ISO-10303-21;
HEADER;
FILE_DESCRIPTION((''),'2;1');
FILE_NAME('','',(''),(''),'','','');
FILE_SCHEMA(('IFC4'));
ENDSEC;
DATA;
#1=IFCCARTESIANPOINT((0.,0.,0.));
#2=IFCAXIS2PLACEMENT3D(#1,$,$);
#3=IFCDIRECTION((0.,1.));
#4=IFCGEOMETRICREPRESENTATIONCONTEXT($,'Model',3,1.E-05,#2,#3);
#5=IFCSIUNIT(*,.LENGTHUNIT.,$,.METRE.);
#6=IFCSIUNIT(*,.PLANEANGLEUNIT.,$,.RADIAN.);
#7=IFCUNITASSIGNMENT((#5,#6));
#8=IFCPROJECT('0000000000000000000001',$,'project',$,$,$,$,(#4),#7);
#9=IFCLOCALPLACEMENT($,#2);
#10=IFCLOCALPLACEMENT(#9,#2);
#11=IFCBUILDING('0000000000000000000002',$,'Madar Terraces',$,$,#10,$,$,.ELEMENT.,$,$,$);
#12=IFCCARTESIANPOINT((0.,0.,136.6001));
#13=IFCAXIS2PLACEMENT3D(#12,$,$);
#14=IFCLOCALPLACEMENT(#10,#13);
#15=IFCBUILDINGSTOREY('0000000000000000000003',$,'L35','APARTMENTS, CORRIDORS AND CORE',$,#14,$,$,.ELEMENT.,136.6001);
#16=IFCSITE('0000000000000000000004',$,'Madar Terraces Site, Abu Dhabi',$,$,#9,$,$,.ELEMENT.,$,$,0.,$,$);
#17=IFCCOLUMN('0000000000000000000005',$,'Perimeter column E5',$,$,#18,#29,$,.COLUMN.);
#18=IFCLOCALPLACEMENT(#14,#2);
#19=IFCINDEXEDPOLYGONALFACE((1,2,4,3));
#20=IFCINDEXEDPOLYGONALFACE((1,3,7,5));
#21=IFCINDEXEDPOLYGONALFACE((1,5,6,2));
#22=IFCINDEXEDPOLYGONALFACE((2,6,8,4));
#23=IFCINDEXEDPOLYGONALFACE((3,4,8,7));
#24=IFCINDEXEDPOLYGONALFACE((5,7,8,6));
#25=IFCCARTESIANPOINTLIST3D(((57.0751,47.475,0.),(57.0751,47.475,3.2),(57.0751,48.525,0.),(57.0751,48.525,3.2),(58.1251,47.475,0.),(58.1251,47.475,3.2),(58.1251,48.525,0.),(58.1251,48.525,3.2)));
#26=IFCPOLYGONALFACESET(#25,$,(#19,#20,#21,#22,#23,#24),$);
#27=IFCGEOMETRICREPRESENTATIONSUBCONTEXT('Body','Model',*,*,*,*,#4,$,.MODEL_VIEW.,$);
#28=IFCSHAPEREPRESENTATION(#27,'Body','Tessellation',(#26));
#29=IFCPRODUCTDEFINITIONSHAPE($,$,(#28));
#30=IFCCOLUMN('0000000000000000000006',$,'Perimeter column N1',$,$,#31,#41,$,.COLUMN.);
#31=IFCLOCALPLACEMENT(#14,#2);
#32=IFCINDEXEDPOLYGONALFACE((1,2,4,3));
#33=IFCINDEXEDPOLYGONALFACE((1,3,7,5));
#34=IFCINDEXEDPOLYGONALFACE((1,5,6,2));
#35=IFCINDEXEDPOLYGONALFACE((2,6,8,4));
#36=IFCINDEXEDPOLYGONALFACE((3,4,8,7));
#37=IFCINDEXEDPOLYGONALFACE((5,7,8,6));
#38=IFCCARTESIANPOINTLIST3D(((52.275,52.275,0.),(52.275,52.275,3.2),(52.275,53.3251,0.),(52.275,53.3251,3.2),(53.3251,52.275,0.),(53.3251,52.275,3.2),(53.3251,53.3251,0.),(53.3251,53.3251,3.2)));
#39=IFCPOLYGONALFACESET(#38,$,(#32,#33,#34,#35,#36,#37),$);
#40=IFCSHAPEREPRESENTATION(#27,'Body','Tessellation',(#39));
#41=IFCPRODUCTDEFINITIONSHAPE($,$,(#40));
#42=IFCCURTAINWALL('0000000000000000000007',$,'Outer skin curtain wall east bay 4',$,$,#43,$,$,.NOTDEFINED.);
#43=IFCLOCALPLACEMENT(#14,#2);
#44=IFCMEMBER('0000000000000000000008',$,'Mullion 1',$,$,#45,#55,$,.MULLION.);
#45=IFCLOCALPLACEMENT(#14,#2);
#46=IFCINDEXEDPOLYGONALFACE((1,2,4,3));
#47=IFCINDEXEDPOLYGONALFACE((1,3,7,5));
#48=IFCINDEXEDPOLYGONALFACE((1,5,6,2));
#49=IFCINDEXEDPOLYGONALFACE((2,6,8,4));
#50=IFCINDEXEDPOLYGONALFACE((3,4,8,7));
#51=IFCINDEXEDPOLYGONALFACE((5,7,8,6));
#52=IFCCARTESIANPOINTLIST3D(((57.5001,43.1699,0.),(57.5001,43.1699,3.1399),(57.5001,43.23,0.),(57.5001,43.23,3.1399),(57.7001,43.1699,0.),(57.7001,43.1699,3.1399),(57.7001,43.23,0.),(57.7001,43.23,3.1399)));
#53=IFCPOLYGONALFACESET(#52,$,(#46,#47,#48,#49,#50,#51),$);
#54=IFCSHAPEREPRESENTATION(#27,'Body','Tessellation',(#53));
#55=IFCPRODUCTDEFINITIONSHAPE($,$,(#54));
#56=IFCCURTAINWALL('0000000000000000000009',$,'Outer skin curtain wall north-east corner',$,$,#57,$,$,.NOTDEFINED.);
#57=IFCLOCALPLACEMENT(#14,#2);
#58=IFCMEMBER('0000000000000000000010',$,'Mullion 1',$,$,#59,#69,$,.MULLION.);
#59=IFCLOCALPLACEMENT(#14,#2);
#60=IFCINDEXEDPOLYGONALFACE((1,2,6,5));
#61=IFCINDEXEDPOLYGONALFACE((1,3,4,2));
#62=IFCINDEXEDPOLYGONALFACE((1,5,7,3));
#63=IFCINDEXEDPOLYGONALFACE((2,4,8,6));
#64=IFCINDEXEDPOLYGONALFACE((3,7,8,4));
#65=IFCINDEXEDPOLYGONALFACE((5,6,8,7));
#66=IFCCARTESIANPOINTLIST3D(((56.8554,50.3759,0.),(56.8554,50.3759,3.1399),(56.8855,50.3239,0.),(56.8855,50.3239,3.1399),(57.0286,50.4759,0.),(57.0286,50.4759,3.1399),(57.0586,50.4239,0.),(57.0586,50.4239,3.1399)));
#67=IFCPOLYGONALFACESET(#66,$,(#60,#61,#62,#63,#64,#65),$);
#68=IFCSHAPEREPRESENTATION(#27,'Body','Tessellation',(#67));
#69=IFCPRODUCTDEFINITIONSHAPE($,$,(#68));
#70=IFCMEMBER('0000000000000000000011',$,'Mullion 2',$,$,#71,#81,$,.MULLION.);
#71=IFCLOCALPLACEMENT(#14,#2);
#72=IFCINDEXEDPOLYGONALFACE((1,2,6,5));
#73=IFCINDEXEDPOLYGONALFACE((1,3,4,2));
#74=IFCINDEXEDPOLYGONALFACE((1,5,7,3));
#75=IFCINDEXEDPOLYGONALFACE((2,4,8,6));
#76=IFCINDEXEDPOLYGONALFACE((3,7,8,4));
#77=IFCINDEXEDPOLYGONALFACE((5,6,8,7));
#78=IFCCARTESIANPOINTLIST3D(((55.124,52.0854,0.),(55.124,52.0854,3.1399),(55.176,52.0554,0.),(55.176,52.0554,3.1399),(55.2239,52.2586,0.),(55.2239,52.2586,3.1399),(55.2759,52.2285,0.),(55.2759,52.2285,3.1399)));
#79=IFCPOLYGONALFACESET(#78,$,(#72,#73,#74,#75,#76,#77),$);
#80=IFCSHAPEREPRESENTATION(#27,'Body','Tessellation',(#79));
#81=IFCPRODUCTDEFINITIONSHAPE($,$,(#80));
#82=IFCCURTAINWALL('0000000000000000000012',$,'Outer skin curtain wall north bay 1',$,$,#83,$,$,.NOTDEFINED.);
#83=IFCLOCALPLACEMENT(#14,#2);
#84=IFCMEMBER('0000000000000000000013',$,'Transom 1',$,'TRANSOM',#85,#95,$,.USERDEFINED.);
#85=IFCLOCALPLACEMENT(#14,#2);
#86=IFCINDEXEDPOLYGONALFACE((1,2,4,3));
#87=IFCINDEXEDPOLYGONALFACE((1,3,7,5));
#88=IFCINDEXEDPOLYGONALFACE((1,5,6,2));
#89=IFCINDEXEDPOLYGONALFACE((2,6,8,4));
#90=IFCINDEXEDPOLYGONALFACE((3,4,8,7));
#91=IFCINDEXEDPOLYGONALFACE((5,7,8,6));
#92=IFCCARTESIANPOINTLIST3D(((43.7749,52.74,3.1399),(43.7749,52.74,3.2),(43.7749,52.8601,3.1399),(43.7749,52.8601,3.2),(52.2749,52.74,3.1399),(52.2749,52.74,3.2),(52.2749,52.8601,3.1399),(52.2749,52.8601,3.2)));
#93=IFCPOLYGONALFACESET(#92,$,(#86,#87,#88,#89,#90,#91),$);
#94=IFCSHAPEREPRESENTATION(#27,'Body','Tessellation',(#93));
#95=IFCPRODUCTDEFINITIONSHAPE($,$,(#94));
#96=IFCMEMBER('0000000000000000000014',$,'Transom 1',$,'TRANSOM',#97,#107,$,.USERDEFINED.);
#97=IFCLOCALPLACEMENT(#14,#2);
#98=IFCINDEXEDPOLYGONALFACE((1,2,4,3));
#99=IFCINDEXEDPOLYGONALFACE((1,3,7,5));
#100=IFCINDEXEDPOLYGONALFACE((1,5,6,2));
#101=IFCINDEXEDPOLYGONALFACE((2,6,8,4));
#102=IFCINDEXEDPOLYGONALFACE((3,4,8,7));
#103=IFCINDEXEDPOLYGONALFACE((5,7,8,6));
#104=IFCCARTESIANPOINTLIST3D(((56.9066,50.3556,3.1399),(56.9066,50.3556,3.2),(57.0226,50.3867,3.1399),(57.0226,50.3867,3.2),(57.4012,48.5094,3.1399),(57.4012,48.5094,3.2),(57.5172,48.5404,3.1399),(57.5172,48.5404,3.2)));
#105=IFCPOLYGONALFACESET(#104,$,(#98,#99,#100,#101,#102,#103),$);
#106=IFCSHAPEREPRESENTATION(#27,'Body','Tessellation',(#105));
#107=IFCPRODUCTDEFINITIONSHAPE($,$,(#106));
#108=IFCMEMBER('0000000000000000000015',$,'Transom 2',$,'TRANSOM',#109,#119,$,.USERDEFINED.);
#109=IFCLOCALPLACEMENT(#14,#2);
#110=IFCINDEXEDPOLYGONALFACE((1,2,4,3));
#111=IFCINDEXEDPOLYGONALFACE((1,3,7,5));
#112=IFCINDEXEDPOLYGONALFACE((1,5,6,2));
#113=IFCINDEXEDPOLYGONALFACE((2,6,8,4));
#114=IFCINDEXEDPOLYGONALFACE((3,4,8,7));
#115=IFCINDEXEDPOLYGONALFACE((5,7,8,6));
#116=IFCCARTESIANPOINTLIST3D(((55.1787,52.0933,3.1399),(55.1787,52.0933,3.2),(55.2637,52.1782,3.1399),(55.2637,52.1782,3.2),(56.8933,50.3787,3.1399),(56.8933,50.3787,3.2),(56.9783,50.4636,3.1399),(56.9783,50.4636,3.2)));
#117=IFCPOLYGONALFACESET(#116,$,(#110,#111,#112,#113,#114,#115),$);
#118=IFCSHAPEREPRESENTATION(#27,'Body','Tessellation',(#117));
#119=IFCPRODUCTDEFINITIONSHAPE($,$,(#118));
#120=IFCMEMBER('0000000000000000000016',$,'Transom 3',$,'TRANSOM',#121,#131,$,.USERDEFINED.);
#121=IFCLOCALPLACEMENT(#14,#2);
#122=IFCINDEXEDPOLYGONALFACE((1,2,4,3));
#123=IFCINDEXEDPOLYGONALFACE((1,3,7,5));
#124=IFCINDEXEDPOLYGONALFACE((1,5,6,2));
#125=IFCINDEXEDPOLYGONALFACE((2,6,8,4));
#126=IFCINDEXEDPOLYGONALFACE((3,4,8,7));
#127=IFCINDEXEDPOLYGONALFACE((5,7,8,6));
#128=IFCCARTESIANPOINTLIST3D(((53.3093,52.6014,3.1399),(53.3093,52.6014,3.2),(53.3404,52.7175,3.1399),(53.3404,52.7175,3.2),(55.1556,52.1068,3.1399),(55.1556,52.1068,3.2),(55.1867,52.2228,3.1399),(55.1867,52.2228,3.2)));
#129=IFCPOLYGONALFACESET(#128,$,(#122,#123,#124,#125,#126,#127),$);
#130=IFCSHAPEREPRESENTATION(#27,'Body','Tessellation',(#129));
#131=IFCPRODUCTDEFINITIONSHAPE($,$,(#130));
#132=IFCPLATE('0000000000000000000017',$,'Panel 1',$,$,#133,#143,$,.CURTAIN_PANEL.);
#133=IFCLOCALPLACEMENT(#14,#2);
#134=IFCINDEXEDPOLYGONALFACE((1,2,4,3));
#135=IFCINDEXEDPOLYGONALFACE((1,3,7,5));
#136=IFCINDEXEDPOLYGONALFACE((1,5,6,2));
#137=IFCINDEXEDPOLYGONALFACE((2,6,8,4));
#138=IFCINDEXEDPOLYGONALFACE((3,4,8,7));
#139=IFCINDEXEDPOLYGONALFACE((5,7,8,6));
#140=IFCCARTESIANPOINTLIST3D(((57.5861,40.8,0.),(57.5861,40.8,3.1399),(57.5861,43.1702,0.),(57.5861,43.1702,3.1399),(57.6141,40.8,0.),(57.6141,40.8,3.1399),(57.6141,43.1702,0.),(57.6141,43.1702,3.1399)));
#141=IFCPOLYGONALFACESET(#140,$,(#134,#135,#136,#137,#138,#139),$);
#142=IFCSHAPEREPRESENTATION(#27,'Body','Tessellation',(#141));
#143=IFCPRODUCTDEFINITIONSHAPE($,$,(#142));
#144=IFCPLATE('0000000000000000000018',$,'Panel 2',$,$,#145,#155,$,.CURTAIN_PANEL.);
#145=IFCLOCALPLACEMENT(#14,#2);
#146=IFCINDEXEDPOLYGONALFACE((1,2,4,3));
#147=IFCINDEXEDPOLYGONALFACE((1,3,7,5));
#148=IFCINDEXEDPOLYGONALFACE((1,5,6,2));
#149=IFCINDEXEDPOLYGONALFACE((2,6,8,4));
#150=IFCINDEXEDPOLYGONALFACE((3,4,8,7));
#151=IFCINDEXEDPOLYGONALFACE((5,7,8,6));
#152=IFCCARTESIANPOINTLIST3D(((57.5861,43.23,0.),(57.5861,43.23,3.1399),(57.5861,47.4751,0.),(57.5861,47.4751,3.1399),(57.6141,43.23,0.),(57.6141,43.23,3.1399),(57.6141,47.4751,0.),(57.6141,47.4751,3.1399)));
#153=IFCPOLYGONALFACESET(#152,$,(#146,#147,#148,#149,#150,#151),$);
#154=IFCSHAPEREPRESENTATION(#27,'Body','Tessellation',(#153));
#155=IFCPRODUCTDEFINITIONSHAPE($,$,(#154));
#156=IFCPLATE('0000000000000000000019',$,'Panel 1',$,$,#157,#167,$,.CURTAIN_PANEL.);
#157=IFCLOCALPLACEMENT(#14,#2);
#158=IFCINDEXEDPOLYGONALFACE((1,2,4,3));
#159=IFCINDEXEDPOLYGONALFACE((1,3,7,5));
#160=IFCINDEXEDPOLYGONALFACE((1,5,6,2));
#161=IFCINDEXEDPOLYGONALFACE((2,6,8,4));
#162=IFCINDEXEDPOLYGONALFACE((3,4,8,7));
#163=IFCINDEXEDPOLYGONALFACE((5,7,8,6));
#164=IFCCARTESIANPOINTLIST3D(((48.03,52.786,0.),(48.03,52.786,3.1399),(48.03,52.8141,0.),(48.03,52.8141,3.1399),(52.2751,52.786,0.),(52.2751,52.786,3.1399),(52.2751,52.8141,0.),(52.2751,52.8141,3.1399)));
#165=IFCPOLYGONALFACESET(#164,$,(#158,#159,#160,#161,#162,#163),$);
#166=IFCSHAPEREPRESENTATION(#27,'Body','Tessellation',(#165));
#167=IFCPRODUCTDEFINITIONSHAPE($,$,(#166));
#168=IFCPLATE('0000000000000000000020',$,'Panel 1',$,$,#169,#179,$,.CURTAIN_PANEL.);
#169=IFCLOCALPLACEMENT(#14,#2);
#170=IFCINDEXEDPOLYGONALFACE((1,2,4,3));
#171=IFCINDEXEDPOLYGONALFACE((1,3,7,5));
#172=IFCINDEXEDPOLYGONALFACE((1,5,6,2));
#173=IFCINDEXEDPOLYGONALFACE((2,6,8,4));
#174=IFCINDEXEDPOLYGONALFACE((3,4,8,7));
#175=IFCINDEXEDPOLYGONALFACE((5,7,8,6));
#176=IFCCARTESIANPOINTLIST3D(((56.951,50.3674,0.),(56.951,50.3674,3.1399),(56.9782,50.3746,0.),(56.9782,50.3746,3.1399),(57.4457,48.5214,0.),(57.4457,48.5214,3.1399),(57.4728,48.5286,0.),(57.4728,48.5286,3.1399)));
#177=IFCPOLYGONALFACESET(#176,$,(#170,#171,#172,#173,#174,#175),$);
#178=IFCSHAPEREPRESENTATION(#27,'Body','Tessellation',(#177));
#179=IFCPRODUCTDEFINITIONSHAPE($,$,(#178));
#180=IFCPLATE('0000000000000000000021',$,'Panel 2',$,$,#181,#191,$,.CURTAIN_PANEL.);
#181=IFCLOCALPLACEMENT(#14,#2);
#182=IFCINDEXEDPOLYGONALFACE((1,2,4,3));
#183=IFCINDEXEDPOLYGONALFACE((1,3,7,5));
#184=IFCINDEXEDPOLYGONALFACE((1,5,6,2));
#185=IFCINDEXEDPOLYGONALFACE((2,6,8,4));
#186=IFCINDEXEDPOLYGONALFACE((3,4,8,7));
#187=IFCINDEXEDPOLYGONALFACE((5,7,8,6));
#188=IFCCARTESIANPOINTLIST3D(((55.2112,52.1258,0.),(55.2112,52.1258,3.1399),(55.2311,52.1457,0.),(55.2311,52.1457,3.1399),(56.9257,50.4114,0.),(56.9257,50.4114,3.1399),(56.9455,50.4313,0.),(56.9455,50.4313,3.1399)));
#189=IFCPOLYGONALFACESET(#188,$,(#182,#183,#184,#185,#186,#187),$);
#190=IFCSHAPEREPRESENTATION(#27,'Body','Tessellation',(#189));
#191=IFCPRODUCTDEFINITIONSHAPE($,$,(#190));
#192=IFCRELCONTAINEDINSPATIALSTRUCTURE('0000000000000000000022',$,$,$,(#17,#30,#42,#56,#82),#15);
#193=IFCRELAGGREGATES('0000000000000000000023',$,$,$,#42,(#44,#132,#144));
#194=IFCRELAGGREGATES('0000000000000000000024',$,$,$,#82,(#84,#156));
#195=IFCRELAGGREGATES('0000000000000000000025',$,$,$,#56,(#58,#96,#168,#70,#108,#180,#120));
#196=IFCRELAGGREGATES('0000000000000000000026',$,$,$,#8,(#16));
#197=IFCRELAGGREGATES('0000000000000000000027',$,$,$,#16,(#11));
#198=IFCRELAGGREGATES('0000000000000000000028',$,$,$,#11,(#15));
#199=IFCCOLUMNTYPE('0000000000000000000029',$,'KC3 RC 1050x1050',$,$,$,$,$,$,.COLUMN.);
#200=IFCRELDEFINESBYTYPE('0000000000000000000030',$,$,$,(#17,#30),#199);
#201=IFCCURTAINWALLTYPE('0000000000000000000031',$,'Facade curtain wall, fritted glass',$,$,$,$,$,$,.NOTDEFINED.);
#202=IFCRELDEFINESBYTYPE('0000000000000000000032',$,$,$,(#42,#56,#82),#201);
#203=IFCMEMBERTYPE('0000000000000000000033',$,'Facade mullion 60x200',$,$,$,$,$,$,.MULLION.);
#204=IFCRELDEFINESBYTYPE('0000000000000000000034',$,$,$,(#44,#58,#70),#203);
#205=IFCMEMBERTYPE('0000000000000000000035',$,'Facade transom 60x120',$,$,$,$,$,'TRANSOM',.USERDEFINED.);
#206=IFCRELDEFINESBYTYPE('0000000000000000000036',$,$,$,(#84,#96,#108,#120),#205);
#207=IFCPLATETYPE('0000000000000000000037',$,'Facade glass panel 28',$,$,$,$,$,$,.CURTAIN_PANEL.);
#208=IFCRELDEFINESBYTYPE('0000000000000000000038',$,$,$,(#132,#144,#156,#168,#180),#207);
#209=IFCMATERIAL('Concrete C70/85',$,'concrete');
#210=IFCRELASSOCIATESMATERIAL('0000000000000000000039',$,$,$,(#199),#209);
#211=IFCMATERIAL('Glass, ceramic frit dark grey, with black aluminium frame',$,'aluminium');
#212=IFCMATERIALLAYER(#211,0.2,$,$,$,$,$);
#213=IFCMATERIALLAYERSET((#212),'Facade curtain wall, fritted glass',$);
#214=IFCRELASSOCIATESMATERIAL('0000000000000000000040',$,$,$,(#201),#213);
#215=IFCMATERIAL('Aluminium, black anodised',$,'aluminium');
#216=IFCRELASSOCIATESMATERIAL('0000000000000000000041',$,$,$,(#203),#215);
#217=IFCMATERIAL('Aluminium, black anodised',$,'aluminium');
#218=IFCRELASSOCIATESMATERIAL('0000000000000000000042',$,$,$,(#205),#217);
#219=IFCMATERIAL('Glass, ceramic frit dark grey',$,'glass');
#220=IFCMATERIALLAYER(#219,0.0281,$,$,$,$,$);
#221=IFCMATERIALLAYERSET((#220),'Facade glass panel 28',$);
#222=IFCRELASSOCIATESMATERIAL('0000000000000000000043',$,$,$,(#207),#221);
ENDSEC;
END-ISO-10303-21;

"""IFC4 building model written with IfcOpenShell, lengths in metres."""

from ifc_helpers import new_model, si_unit, direction, frame, origin, origin_2d, place, context, subcontext, project, spatial, rectangle, extrude, material, layer, layer_set, material_profile, profile_set, type_object, element, aggregate, save


model = new_model("IFC4")

# Units and contexts
model_context = context("Model", 3, precision=1e-05, world=origin(), true_north=direction((0.0, 1.0)))
body_context = subcontext(model_context, "Body", "Model", "MODEL_VIEW")
ifc_project = project(units=[si_unit("LENGTHUNIT", "METRE"), si_unit("PLANEANGLEUNIT", "RADIAN")], contexts=[model_context])

# Site, building, storey
site_placement = place(None, origin())
site = spatial("IfcSite", under=ifc_project, at=site_placement, Name="Madar Terraces Site, Abu Dhabi", CompositionType="ELEMENT", RefElevation=0.0)
building_placement = place(site_placement, origin())
building = spatial("IfcBuilding", under=site, at=building_placement, Name="Madar Terraces", CompositionType="ELEMENT")
storey_placement = place(building_placement, frame((0.0, 0.0, 136.6001)))
storey = spatial("IfcBuildingStorey", under=building, at=storey_placement, Name="L35", Description="APARTMENTS, CORRIDORS AND CORE", CompositionType="ELEMENT", Elevation=136.6001)

# Columns
ifc_material_1 = material(Name="Concrete C70/85", Category="concrete")
ifc_material_profile_1 = material_profile(ifc_material_1, rectangle(XDim=1.05, YDim=1.05, at=origin_2d()), Name="KC3 RC 1050x1050")
ifc_profile_set_1 = profile_set([ifc_material_profile_1], Name="Concrete C70/85")
column_type = type_object("IfcColumnType", Name="KC3 RC 1050x1050", PredefinedType="COLUMN", material=ifc_profile_set_1)
for number, where, z_axis, x_axis, name in (
    (1, (57.6001, 48.0, 0.0), (0.0, 0.0, 1.0), (1.0, 0.0, 0.0), "Perimeter column E5"),
    (2, (52.8, 52.8, 0.0), (0.0, 0.0, 1.0), (1.0, 0.0, 0.0), "Perimeter column N1"),
):
    element("IfcColumn", number, at=place(storey_placement, frame(where, z_axis=z_axis, x_axis=x_axis)), inside=storey, type_object=column_type, Name=name, PredefinedType="COLUMN", context=body_context, shape_type="SweptSolid", body=[
        extrude(rectangle(XDim=1.05, YDim=1.05, at=origin_2d()), origin(), (0.0, 0.0, 1.0), 3.2),
    ])

# Curtain wall, member
ifc_material_2 = material(Name="Glass, ceramic frit dark grey, with black aluminium frame", Category="aluminium")
ifc_layer_1 = layer(ifc_material_2, 0.2)
ifc_layer_set_1 = layer_set([ifc_layer_1], Name="Facade curtain wall, fritted glass")
curtain_wall_type = type_object("IfcCurtainWallType", Name="Facade curtain wall, fritted glass", PredefinedType="NOTDEFINED", material=ifc_layer_set_1)
curtain_wall_1_placement = place(storey_placement, origin())
curtain_wall_1 = element("IfcCurtainWall", 3, at=curtain_wall_1_placement, inside=storey, type_object=curtain_wall_type, Name="Outer skin curtain wall east bay 4", PredefinedType="NOTDEFINED")
ifc_material_3 = material(Name="Aluminium, black anodised", Category="aluminium")
ifc_material_profile_2 = material_profile(ifc_material_3, rectangle(XDim=0.2, YDim=0.0601, at=origin_2d()), Name="Facade mullion 60x200")
ifc_profile_set_2 = profile_set([ifc_material_profile_2], Name="Aluminium, black anodised")
member_type_1 = type_object("IfcMemberType", Name="Facade mullion 60x200", PredefinedType="MULLION", material=ifc_profile_set_2)
member_1_placement = place(storey_placement, frame((57.6001, 43.2, 0.0), z_axis=(0.0, 0.0, 1.0), x_axis=(-1.0, 0.0, 0.0)))
member_1 = element("IfcMember", 4, at=member_1_placement, type_object=member_type_1, Name="Mullion 1", PredefinedType="MULLION", context=body_context, shape_type="SweptSolid", body=[
    extrude(rectangle(XDim=0.2, YDim=0.0601, at=origin_2d()), origin(), (0.0, 0.0, 1.0), 3.1399),
])

# Curtain wall, members
curtain_wall_2_placement = place(storey_placement, origin())
curtain_wall_2 = element("IfcCurtainWall", 5, at=curtain_wall_2_placement, inside=storey, type_object=curtain_wall_type, Name="Outer skin curtain wall north-east corner", PredefinedType="NOTDEFINED")
member_2_placement = place(storey_placement, frame((56.957, 50.3999, 0.0), z_axis=(0.0, 0.0, 1.0), x_axis=(-0.866025, -0.5, 0.0)))
member_2 = element("IfcMember", 6, at=member_2_placement, type_object=member_type_1, Name="Mullion 1", PredefinedType="MULLION", context=body_context, shape_type="SweptSolid", body=[
    extrude(rectangle(XDim=0.2, YDim=0.0601, at=origin_2d()), origin(), (0.0, 0.0, 1.0), 3.1399),
])
member_3_placement = place(storey_placement, frame((55.2, 52.157, 0.0), z_axis=(0.0, 0.0, 1.0), x_axis=(-0.5, -0.866025, 0.0)))
member_3 = element("IfcMember", 7, at=member_3_placement, type_object=member_type_1, Name="Mullion 2", PredefinedType="MULLION", context=body_context, shape_type="SweptSolid", body=[
    extrude(rectangle(XDim=0.2, YDim=0.0601, at=origin_2d()), origin(), (0.0, 0.0, 1.0), 3.1399),
])

# Curtain wall, member
curtain_wall_3_placement = place(storey_placement, origin())
curtain_wall_3 = element("IfcCurtainWall", 8, at=curtain_wall_3_placement, inside=storey, type_object=curtain_wall_type, Name="Outer skin curtain wall north bay 1", PredefinedType="NOTDEFINED")
ifc_material_4 = material(Name="Aluminium, black anodised", Category="aluminium")
ifc_material_profile_3 = material_profile(ifc_material_4, rectangle(XDim=0.1201, YDim=0.0601, at=origin_2d()), Name="Facade transom 60x120")
ifc_profile_set_3 = profile_set([ifc_material_profile_3], Name="Aluminium, black anodised")
member_type_2 = type_object("IfcMemberType", Name="Facade transom 60x120", ElementType="TRANSOM", PredefinedType="USERDEFINED", material=ifc_profile_set_3)
member_4_placement = place(storey_placement, frame((52.2749, 52.8, 3.1699), z_axis=(-1.0, 0.0, 0.0), x_axis=(0.0, -1.0, 0.0)))
member_4 = element("IfcMember", 9, at=member_4_placement, type_object=member_type_2, Name="Transom 1", ObjectType="TRANSOM", PredefinedType="USERDEFINED", context=body_context, shape_type="SweptSolid", body=[
    extrude(rectangle(XDim=0.1201, YDim=0.0601, at=origin_2d()), origin(), (0.0, 0.0, 1.0), 8.5),
])

# Members
member_5_placement = place(storey_placement, frame((57.4592, 48.5249, 3.1699), z_axis=(-0.258791, 0.965933, 0.0), x_axis=(-0.965933, -0.258791, 0.0)))
member_5 = element("IfcMember", 10, at=member_5_placement, type_object=member_type_2, Name="Transom 1", ObjectType="TRANSOM", PredefinedType="USERDEFINED", context=body_context, shape_type="SweptSolid", body=[
    extrude(rectangle(XDim=0.1201, YDim=0.0601, at=origin_2d()), origin(), (0.0, 0.0, 1.0), 1.9114),
])
member_6_placement = place(storey_placement, frame((56.9358, 50.4211, 3.1699), z_axis=(-0.707107, 0.707107, 0.0), x_axis=(-0.707107, -0.707107, 0.0)))
member_6 = element("IfcMember", 11, at=member_6_placement, type_object=member_type_2, Name="Transom 2", ObjectType="TRANSOM", PredefinedType="USERDEFINED", context=body_context, shape_type="SweptSolid", body=[
    extrude(rectangle(XDim=0.1201, YDim=0.0601, at=origin_2d()), origin(), (0.0, 0.0, 1.0), 2.4248),
])
member_7_placement = place(storey_placement, frame((55.1711, 52.1648, 3.1699), z_axis=(-0.965933, 0.258791, 0.0), x_axis=(-0.258791, -0.965933, 0.0)))
member_7 = element("IfcMember", 12, at=member_7_placement, type_object=member_type_2, Name="Transom 3", ObjectType="TRANSOM", PredefinedType="USERDEFINED", context=body_context, shape_type="SweptSolid", body=[
    extrude(rectangle(XDim=0.1201, YDim=0.0601, at=origin_2d()), origin(), (0.0, 0.0, 1.0), 1.9114),
])

# Plates
ifc_material_5 = material(Name="Glass, ceramic frit dark grey", Category="glass")
ifc_layer_2 = layer(ifc_material_5, 0.0281)
ifc_layer_set_2 = layer_set([ifc_layer_2], Name="Facade glass panel 28")
plate_type = type_object("IfcPlateType", Name="Facade glass panel 28", PredefinedType="CURTAIN_PANEL", material=ifc_layer_set_2)
plate_1_placement = place(storey_placement, frame((57.6001, 41.9851, 0.0), z_axis=(0.0, 0.0, 1.0), x_axis=(0.0, 1.0, 0.0)))
plate_1 = element("IfcPlate", 13, at=plate_1_placement, type_object=plate_type, Name="Panel 1", PredefinedType="CURTAIN_PANEL", context=body_context, shape_type="SweptSolid", body=[
    extrude(rectangle(XDim=2.3701, YDim=0.0281, at=origin_2d()), origin(), (0.0, 0.0, 1.0), 3.1399),
])
plate_2_placement = place(storey_placement, frame((57.6001, 45.3525, 0.0), z_axis=(0.0, 0.0, 1.0), x_axis=(0.0, 1.0, 0.0)))
plate_2 = element("IfcPlate", 14, at=plate_2_placement, type_object=plate_type, Name="Panel 2", PredefinedType="CURTAIN_PANEL", context=body_context, shape_type="SweptSolid", body=[
    extrude(rectangle(XDim=4.2451, YDim=0.0281, at=origin_2d()), origin(), (0.0, 0.0, 1.0), 3.1399),
])
aggregate(curtain_wall_1, [member_1, plate_1, plate_2])
plate_3_placement = place(storey_placement, frame((50.1526, 52.8, 0.0), z_axis=(0.0, 0.0, 1.0), x_axis=(-1.0, 0.0, 0.0)))
plate_3 = element("IfcPlate", 15, at=plate_3_placement, type_object=plate_type, Name="Panel 1", PredefinedType="CURTAIN_PANEL", context=body_context, shape_type="SweptSolid", body=[
    extrude(rectangle(XDim=4.2451, YDim=0.0281, at=origin_2d()), origin(), (0.0, 0.0, 1.0), 3.1399),
])
aggregate(curtain_wall_3, [member_4, plate_3])
plate_4_placement = place(storey_placement, frame((57.2119, 49.448, 0.0), z_axis=(0.0, 0.0, 1.0), x_axis=(-0.258819, 0.965926, 0.0)))
plate_4 = element("IfcPlate", 16, at=plate_4_placement, type_object=plate_type, Name="Panel 1", PredefinedType="CURTAIN_PANEL", context=body_context, shape_type="SweptSolid", body=[
    extrude(rectangle(XDim=1.9111, YDim=0.0281, at=origin_2d()), origin(), (0.0, 0.0, 1.0), 3.1399),
])
plate_5_placement = place(storey_placement, frame((56.0784, 51.2786, 0.0), z_axis=(0.0, 0.0, 1.0), x_axis=(-0.707107, 0.707107, 0.0)))
plate_5 = element("IfcPlate", 17, at=plate_5_placement, type_object=plate_type, Name="Panel 2", PredefinedType="CURTAIN_PANEL", context=body_context, shape_type="SweptSolid", body=[
    extrude(rectangle(XDim=2.4246, YDim=0.0281, at=origin_2d()), origin(), (0.0, 0.0, 1.0), 3.1399),
])
aggregate(curtain_wall_2, [member_2, member_5, plate_4, member_3, member_6, plate_5, member_7])

save(model, "model.ifc")
